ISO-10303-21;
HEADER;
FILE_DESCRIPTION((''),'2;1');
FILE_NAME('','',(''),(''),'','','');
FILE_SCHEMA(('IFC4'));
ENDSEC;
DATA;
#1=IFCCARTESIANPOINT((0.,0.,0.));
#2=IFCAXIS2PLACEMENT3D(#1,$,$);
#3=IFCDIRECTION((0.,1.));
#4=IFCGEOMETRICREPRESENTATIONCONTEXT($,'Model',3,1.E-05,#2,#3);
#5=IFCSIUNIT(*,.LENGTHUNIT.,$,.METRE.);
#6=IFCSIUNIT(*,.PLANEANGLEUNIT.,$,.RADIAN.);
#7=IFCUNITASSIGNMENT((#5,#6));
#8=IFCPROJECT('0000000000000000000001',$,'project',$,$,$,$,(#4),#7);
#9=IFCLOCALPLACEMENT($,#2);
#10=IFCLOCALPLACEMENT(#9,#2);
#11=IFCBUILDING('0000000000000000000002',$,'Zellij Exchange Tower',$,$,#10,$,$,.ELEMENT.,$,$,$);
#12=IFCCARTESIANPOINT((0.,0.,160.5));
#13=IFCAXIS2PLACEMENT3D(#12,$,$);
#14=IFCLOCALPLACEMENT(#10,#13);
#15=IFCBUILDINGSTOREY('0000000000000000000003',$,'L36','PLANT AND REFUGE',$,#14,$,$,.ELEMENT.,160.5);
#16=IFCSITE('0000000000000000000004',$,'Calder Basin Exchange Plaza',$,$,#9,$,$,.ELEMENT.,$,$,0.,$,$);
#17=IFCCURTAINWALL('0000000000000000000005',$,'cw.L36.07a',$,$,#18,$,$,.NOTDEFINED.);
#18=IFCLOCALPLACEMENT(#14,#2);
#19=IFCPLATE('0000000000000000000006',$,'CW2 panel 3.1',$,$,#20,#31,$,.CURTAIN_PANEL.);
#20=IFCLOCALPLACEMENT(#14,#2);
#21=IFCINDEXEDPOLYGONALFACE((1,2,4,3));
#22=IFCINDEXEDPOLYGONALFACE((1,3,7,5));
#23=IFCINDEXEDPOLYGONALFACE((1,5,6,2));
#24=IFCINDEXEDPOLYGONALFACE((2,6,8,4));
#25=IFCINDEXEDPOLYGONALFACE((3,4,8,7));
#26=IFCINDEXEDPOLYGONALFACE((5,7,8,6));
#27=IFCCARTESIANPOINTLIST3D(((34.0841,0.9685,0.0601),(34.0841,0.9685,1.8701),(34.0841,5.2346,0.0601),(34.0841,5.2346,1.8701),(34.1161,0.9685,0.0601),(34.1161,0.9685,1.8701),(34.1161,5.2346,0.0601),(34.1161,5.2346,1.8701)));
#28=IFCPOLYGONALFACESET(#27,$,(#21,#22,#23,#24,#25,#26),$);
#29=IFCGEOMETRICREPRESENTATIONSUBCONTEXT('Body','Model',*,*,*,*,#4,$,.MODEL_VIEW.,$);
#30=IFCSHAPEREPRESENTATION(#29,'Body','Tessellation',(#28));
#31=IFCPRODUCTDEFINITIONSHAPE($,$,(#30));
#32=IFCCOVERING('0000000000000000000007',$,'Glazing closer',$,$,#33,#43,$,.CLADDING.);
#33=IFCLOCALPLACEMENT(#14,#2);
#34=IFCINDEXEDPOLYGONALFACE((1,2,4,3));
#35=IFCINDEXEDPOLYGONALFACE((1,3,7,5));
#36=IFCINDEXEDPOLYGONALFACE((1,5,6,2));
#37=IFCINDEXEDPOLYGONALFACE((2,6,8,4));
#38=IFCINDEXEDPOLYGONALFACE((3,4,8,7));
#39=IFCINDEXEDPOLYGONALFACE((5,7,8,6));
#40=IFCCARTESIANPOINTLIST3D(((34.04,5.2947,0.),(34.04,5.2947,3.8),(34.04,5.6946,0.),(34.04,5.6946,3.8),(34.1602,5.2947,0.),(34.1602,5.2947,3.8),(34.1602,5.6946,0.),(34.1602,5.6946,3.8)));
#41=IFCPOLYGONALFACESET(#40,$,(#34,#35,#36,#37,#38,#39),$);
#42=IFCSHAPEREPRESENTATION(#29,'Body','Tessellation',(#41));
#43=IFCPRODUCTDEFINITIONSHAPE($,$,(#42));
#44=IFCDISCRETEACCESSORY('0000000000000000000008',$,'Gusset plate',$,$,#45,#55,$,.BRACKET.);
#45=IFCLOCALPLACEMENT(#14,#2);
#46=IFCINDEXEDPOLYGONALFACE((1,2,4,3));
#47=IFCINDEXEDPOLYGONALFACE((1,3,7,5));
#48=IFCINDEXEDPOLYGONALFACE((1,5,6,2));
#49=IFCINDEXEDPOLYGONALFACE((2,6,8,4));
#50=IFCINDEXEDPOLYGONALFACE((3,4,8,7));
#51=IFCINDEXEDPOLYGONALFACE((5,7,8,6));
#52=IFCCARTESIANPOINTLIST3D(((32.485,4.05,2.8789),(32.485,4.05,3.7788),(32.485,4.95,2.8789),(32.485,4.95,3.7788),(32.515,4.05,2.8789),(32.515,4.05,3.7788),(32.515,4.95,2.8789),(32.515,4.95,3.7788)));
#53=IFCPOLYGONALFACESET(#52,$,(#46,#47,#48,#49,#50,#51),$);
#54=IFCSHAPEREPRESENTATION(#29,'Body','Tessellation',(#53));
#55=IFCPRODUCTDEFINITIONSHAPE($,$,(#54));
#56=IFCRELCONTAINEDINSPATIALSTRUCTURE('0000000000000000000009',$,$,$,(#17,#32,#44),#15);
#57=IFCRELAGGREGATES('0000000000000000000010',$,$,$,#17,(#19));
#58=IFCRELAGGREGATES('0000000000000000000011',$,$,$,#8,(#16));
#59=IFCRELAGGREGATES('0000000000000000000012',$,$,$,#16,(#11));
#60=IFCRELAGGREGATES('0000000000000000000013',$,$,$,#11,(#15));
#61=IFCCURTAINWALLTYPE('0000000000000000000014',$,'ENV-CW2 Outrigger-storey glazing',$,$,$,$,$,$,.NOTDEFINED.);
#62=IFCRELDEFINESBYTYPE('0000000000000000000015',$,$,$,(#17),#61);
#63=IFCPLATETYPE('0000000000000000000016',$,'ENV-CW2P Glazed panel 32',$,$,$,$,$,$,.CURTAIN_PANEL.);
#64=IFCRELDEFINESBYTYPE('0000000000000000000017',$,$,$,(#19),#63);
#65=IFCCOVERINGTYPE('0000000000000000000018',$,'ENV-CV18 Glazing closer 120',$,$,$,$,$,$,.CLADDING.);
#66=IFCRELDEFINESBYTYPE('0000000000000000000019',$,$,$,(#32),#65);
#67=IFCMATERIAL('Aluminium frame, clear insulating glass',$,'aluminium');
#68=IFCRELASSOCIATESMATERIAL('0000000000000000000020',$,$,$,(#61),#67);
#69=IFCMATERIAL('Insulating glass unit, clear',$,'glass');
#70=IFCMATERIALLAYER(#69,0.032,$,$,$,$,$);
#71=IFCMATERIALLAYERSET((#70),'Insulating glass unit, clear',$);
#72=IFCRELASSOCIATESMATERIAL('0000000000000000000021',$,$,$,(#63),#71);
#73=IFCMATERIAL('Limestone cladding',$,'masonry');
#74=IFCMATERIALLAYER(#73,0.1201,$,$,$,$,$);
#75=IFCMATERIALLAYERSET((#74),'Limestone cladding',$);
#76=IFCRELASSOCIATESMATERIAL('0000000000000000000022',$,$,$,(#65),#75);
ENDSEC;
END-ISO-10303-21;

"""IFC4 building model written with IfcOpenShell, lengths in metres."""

from ifc_helpers import new_model, si_unit, direction, frame, origin, origin_2d, place, context, subcontext, project, spatial, rectangle, extrude, material, layer, layer_set, type_object, element, aggregate, save


model = new_model("IFC4")

# Units and contexts
model_context = context("Model", 3, precision=1e-05, world=origin(), true_north=direction((0.0, 1.0)))
body_context = subcontext(model_context, "Body", "Model", "MODEL_VIEW")
ifc_project = project(units=[si_unit("LENGTHUNIT", "METRE"), si_unit("PLANEANGLEUNIT", "RADIAN")], contexts=[model_context])

# Site, building, storey
site_placement = place(None, origin())
site = spatial("IfcSite", under=ifc_project, at=site_placement, Name="Calder Basin Exchange Plaza", CompositionType="ELEMENT", RefElevation=0.0)
building_placement = place(site_placement, origin())
building = spatial("IfcBuilding", under=site, at=building_placement, Name="Zellij Exchange Tower", CompositionType="ELEMENT")
storey_placement = place(building_placement, frame((0.0, 0.0, 160.5)))
storey = spatial("IfcBuildingStorey", under=building, at=storey_placement, Name="L36", Description="PLANT AND REFUGE", CompositionType="ELEMENT", Elevation=160.5)

# Curtain wall
ifc_material_1 = material(Name="Aluminium frame, clear insulating glass", Category="aluminium")
curtain_wall_type = type_object("IfcCurtainWallType", Name="ENV-CW2 Outrigger-storey glazing", PredefinedType="NOTDEFINED", material=ifc_material_1)
curtain_wall_1_placement = place(storey_placement, origin())
curtain_wall_1 = element("IfcCurtainWall", 1, at=curtain_wall_1_placement, inside=storey, type_object=curtain_wall_type, Name="cw.L36.07a", PredefinedType="NOTDEFINED")

# Plate
ifc_material_2 = material(Name="Insulating glass unit, clear", Category="glass")
ifc_layer_1 = layer(ifc_material_2, 0.032)
ifc_layer_set_1 = layer_set([ifc_layer_1], Name="Insulating glass unit, clear")
plate_type_1 = type_object("IfcPlateType", Name="ENV-CW2P Glazed panel 32", PredefinedType="CURTAIN_PANEL", material=ifc_layer_set_1)
plate_1_placement = place(storey_placement, frame((34.1001, 3.1016, 0.0601), z_axis=(0.0, 0.0, 1.0), x_axis=(0.0, 1.0, 0.0)))
plate_1 = element("IfcPlate", 2, at=plate_1_placement, type_object=plate_type_1, Name="CW2 panel 3.1", PredefinedType="CURTAIN_PANEL", context=body_context, shape_type="SweptSolid", body=[
    extrude(rectangle(XDim=4.2661, YDim=0.032, at=origin_2d()), origin(), (0.0, 0.0, 1.0), 1.8101),
])
aggregate(curtain_wall_1, [plate_1])

# Covering
ifc_material_3 = material(Name="Limestone cladding", Category="masonry")
ifc_layer_2 = layer(ifc_material_3, 0.1201)
ifc_layer_set_2 = layer_set([ifc_layer_2], Name="Limestone cladding")
covering_type = type_object("IfcCoveringType", Name="ENV-CV18 Glazing closer 120", PredefinedType="CLADDING", material=ifc_layer_set_2)
covering_placement = place(storey_placement, frame((34.1001, 5.4946, 0.0), z_axis=(0.0, 0.0, 1.0), x_axis=(0.0, 1.0, 0.0)))
element("IfcCovering", 3, at=covering_placement, inside=storey, type_object=covering_type, Name="Glazing closer", PredefinedType="CLADDING", context=body_context, shape_type="SweptSolid", body=[
    extrude(rectangle(XDim=0.3999, YDim=0.1201, at=origin_2d()), origin(), (0.0, 0.0, 1.0), 3.8),
])

# Discrete accessory
discrete_accessory_placement = place(storey_placement, frame((32.5, 4.5, 2.8789), z_axis=(0.0, 0.0, 1.0), x_axis=(0.0, 1.0, 0.0)))
element("IfcDiscreteAccessory", 4, at=discrete_accessory_placement, inside=storey, Name="Gusset plate", PredefinedType="BRACKET", context=body_context, shape_type="SweptSolid", body=[
    extrude(rectangle(XDim=0.8999, YDim=0.03, at=origin_2d()), origin(), (0.0, 0.0, 1.0), 0.8999),
])

save(model, "model.ifc")
